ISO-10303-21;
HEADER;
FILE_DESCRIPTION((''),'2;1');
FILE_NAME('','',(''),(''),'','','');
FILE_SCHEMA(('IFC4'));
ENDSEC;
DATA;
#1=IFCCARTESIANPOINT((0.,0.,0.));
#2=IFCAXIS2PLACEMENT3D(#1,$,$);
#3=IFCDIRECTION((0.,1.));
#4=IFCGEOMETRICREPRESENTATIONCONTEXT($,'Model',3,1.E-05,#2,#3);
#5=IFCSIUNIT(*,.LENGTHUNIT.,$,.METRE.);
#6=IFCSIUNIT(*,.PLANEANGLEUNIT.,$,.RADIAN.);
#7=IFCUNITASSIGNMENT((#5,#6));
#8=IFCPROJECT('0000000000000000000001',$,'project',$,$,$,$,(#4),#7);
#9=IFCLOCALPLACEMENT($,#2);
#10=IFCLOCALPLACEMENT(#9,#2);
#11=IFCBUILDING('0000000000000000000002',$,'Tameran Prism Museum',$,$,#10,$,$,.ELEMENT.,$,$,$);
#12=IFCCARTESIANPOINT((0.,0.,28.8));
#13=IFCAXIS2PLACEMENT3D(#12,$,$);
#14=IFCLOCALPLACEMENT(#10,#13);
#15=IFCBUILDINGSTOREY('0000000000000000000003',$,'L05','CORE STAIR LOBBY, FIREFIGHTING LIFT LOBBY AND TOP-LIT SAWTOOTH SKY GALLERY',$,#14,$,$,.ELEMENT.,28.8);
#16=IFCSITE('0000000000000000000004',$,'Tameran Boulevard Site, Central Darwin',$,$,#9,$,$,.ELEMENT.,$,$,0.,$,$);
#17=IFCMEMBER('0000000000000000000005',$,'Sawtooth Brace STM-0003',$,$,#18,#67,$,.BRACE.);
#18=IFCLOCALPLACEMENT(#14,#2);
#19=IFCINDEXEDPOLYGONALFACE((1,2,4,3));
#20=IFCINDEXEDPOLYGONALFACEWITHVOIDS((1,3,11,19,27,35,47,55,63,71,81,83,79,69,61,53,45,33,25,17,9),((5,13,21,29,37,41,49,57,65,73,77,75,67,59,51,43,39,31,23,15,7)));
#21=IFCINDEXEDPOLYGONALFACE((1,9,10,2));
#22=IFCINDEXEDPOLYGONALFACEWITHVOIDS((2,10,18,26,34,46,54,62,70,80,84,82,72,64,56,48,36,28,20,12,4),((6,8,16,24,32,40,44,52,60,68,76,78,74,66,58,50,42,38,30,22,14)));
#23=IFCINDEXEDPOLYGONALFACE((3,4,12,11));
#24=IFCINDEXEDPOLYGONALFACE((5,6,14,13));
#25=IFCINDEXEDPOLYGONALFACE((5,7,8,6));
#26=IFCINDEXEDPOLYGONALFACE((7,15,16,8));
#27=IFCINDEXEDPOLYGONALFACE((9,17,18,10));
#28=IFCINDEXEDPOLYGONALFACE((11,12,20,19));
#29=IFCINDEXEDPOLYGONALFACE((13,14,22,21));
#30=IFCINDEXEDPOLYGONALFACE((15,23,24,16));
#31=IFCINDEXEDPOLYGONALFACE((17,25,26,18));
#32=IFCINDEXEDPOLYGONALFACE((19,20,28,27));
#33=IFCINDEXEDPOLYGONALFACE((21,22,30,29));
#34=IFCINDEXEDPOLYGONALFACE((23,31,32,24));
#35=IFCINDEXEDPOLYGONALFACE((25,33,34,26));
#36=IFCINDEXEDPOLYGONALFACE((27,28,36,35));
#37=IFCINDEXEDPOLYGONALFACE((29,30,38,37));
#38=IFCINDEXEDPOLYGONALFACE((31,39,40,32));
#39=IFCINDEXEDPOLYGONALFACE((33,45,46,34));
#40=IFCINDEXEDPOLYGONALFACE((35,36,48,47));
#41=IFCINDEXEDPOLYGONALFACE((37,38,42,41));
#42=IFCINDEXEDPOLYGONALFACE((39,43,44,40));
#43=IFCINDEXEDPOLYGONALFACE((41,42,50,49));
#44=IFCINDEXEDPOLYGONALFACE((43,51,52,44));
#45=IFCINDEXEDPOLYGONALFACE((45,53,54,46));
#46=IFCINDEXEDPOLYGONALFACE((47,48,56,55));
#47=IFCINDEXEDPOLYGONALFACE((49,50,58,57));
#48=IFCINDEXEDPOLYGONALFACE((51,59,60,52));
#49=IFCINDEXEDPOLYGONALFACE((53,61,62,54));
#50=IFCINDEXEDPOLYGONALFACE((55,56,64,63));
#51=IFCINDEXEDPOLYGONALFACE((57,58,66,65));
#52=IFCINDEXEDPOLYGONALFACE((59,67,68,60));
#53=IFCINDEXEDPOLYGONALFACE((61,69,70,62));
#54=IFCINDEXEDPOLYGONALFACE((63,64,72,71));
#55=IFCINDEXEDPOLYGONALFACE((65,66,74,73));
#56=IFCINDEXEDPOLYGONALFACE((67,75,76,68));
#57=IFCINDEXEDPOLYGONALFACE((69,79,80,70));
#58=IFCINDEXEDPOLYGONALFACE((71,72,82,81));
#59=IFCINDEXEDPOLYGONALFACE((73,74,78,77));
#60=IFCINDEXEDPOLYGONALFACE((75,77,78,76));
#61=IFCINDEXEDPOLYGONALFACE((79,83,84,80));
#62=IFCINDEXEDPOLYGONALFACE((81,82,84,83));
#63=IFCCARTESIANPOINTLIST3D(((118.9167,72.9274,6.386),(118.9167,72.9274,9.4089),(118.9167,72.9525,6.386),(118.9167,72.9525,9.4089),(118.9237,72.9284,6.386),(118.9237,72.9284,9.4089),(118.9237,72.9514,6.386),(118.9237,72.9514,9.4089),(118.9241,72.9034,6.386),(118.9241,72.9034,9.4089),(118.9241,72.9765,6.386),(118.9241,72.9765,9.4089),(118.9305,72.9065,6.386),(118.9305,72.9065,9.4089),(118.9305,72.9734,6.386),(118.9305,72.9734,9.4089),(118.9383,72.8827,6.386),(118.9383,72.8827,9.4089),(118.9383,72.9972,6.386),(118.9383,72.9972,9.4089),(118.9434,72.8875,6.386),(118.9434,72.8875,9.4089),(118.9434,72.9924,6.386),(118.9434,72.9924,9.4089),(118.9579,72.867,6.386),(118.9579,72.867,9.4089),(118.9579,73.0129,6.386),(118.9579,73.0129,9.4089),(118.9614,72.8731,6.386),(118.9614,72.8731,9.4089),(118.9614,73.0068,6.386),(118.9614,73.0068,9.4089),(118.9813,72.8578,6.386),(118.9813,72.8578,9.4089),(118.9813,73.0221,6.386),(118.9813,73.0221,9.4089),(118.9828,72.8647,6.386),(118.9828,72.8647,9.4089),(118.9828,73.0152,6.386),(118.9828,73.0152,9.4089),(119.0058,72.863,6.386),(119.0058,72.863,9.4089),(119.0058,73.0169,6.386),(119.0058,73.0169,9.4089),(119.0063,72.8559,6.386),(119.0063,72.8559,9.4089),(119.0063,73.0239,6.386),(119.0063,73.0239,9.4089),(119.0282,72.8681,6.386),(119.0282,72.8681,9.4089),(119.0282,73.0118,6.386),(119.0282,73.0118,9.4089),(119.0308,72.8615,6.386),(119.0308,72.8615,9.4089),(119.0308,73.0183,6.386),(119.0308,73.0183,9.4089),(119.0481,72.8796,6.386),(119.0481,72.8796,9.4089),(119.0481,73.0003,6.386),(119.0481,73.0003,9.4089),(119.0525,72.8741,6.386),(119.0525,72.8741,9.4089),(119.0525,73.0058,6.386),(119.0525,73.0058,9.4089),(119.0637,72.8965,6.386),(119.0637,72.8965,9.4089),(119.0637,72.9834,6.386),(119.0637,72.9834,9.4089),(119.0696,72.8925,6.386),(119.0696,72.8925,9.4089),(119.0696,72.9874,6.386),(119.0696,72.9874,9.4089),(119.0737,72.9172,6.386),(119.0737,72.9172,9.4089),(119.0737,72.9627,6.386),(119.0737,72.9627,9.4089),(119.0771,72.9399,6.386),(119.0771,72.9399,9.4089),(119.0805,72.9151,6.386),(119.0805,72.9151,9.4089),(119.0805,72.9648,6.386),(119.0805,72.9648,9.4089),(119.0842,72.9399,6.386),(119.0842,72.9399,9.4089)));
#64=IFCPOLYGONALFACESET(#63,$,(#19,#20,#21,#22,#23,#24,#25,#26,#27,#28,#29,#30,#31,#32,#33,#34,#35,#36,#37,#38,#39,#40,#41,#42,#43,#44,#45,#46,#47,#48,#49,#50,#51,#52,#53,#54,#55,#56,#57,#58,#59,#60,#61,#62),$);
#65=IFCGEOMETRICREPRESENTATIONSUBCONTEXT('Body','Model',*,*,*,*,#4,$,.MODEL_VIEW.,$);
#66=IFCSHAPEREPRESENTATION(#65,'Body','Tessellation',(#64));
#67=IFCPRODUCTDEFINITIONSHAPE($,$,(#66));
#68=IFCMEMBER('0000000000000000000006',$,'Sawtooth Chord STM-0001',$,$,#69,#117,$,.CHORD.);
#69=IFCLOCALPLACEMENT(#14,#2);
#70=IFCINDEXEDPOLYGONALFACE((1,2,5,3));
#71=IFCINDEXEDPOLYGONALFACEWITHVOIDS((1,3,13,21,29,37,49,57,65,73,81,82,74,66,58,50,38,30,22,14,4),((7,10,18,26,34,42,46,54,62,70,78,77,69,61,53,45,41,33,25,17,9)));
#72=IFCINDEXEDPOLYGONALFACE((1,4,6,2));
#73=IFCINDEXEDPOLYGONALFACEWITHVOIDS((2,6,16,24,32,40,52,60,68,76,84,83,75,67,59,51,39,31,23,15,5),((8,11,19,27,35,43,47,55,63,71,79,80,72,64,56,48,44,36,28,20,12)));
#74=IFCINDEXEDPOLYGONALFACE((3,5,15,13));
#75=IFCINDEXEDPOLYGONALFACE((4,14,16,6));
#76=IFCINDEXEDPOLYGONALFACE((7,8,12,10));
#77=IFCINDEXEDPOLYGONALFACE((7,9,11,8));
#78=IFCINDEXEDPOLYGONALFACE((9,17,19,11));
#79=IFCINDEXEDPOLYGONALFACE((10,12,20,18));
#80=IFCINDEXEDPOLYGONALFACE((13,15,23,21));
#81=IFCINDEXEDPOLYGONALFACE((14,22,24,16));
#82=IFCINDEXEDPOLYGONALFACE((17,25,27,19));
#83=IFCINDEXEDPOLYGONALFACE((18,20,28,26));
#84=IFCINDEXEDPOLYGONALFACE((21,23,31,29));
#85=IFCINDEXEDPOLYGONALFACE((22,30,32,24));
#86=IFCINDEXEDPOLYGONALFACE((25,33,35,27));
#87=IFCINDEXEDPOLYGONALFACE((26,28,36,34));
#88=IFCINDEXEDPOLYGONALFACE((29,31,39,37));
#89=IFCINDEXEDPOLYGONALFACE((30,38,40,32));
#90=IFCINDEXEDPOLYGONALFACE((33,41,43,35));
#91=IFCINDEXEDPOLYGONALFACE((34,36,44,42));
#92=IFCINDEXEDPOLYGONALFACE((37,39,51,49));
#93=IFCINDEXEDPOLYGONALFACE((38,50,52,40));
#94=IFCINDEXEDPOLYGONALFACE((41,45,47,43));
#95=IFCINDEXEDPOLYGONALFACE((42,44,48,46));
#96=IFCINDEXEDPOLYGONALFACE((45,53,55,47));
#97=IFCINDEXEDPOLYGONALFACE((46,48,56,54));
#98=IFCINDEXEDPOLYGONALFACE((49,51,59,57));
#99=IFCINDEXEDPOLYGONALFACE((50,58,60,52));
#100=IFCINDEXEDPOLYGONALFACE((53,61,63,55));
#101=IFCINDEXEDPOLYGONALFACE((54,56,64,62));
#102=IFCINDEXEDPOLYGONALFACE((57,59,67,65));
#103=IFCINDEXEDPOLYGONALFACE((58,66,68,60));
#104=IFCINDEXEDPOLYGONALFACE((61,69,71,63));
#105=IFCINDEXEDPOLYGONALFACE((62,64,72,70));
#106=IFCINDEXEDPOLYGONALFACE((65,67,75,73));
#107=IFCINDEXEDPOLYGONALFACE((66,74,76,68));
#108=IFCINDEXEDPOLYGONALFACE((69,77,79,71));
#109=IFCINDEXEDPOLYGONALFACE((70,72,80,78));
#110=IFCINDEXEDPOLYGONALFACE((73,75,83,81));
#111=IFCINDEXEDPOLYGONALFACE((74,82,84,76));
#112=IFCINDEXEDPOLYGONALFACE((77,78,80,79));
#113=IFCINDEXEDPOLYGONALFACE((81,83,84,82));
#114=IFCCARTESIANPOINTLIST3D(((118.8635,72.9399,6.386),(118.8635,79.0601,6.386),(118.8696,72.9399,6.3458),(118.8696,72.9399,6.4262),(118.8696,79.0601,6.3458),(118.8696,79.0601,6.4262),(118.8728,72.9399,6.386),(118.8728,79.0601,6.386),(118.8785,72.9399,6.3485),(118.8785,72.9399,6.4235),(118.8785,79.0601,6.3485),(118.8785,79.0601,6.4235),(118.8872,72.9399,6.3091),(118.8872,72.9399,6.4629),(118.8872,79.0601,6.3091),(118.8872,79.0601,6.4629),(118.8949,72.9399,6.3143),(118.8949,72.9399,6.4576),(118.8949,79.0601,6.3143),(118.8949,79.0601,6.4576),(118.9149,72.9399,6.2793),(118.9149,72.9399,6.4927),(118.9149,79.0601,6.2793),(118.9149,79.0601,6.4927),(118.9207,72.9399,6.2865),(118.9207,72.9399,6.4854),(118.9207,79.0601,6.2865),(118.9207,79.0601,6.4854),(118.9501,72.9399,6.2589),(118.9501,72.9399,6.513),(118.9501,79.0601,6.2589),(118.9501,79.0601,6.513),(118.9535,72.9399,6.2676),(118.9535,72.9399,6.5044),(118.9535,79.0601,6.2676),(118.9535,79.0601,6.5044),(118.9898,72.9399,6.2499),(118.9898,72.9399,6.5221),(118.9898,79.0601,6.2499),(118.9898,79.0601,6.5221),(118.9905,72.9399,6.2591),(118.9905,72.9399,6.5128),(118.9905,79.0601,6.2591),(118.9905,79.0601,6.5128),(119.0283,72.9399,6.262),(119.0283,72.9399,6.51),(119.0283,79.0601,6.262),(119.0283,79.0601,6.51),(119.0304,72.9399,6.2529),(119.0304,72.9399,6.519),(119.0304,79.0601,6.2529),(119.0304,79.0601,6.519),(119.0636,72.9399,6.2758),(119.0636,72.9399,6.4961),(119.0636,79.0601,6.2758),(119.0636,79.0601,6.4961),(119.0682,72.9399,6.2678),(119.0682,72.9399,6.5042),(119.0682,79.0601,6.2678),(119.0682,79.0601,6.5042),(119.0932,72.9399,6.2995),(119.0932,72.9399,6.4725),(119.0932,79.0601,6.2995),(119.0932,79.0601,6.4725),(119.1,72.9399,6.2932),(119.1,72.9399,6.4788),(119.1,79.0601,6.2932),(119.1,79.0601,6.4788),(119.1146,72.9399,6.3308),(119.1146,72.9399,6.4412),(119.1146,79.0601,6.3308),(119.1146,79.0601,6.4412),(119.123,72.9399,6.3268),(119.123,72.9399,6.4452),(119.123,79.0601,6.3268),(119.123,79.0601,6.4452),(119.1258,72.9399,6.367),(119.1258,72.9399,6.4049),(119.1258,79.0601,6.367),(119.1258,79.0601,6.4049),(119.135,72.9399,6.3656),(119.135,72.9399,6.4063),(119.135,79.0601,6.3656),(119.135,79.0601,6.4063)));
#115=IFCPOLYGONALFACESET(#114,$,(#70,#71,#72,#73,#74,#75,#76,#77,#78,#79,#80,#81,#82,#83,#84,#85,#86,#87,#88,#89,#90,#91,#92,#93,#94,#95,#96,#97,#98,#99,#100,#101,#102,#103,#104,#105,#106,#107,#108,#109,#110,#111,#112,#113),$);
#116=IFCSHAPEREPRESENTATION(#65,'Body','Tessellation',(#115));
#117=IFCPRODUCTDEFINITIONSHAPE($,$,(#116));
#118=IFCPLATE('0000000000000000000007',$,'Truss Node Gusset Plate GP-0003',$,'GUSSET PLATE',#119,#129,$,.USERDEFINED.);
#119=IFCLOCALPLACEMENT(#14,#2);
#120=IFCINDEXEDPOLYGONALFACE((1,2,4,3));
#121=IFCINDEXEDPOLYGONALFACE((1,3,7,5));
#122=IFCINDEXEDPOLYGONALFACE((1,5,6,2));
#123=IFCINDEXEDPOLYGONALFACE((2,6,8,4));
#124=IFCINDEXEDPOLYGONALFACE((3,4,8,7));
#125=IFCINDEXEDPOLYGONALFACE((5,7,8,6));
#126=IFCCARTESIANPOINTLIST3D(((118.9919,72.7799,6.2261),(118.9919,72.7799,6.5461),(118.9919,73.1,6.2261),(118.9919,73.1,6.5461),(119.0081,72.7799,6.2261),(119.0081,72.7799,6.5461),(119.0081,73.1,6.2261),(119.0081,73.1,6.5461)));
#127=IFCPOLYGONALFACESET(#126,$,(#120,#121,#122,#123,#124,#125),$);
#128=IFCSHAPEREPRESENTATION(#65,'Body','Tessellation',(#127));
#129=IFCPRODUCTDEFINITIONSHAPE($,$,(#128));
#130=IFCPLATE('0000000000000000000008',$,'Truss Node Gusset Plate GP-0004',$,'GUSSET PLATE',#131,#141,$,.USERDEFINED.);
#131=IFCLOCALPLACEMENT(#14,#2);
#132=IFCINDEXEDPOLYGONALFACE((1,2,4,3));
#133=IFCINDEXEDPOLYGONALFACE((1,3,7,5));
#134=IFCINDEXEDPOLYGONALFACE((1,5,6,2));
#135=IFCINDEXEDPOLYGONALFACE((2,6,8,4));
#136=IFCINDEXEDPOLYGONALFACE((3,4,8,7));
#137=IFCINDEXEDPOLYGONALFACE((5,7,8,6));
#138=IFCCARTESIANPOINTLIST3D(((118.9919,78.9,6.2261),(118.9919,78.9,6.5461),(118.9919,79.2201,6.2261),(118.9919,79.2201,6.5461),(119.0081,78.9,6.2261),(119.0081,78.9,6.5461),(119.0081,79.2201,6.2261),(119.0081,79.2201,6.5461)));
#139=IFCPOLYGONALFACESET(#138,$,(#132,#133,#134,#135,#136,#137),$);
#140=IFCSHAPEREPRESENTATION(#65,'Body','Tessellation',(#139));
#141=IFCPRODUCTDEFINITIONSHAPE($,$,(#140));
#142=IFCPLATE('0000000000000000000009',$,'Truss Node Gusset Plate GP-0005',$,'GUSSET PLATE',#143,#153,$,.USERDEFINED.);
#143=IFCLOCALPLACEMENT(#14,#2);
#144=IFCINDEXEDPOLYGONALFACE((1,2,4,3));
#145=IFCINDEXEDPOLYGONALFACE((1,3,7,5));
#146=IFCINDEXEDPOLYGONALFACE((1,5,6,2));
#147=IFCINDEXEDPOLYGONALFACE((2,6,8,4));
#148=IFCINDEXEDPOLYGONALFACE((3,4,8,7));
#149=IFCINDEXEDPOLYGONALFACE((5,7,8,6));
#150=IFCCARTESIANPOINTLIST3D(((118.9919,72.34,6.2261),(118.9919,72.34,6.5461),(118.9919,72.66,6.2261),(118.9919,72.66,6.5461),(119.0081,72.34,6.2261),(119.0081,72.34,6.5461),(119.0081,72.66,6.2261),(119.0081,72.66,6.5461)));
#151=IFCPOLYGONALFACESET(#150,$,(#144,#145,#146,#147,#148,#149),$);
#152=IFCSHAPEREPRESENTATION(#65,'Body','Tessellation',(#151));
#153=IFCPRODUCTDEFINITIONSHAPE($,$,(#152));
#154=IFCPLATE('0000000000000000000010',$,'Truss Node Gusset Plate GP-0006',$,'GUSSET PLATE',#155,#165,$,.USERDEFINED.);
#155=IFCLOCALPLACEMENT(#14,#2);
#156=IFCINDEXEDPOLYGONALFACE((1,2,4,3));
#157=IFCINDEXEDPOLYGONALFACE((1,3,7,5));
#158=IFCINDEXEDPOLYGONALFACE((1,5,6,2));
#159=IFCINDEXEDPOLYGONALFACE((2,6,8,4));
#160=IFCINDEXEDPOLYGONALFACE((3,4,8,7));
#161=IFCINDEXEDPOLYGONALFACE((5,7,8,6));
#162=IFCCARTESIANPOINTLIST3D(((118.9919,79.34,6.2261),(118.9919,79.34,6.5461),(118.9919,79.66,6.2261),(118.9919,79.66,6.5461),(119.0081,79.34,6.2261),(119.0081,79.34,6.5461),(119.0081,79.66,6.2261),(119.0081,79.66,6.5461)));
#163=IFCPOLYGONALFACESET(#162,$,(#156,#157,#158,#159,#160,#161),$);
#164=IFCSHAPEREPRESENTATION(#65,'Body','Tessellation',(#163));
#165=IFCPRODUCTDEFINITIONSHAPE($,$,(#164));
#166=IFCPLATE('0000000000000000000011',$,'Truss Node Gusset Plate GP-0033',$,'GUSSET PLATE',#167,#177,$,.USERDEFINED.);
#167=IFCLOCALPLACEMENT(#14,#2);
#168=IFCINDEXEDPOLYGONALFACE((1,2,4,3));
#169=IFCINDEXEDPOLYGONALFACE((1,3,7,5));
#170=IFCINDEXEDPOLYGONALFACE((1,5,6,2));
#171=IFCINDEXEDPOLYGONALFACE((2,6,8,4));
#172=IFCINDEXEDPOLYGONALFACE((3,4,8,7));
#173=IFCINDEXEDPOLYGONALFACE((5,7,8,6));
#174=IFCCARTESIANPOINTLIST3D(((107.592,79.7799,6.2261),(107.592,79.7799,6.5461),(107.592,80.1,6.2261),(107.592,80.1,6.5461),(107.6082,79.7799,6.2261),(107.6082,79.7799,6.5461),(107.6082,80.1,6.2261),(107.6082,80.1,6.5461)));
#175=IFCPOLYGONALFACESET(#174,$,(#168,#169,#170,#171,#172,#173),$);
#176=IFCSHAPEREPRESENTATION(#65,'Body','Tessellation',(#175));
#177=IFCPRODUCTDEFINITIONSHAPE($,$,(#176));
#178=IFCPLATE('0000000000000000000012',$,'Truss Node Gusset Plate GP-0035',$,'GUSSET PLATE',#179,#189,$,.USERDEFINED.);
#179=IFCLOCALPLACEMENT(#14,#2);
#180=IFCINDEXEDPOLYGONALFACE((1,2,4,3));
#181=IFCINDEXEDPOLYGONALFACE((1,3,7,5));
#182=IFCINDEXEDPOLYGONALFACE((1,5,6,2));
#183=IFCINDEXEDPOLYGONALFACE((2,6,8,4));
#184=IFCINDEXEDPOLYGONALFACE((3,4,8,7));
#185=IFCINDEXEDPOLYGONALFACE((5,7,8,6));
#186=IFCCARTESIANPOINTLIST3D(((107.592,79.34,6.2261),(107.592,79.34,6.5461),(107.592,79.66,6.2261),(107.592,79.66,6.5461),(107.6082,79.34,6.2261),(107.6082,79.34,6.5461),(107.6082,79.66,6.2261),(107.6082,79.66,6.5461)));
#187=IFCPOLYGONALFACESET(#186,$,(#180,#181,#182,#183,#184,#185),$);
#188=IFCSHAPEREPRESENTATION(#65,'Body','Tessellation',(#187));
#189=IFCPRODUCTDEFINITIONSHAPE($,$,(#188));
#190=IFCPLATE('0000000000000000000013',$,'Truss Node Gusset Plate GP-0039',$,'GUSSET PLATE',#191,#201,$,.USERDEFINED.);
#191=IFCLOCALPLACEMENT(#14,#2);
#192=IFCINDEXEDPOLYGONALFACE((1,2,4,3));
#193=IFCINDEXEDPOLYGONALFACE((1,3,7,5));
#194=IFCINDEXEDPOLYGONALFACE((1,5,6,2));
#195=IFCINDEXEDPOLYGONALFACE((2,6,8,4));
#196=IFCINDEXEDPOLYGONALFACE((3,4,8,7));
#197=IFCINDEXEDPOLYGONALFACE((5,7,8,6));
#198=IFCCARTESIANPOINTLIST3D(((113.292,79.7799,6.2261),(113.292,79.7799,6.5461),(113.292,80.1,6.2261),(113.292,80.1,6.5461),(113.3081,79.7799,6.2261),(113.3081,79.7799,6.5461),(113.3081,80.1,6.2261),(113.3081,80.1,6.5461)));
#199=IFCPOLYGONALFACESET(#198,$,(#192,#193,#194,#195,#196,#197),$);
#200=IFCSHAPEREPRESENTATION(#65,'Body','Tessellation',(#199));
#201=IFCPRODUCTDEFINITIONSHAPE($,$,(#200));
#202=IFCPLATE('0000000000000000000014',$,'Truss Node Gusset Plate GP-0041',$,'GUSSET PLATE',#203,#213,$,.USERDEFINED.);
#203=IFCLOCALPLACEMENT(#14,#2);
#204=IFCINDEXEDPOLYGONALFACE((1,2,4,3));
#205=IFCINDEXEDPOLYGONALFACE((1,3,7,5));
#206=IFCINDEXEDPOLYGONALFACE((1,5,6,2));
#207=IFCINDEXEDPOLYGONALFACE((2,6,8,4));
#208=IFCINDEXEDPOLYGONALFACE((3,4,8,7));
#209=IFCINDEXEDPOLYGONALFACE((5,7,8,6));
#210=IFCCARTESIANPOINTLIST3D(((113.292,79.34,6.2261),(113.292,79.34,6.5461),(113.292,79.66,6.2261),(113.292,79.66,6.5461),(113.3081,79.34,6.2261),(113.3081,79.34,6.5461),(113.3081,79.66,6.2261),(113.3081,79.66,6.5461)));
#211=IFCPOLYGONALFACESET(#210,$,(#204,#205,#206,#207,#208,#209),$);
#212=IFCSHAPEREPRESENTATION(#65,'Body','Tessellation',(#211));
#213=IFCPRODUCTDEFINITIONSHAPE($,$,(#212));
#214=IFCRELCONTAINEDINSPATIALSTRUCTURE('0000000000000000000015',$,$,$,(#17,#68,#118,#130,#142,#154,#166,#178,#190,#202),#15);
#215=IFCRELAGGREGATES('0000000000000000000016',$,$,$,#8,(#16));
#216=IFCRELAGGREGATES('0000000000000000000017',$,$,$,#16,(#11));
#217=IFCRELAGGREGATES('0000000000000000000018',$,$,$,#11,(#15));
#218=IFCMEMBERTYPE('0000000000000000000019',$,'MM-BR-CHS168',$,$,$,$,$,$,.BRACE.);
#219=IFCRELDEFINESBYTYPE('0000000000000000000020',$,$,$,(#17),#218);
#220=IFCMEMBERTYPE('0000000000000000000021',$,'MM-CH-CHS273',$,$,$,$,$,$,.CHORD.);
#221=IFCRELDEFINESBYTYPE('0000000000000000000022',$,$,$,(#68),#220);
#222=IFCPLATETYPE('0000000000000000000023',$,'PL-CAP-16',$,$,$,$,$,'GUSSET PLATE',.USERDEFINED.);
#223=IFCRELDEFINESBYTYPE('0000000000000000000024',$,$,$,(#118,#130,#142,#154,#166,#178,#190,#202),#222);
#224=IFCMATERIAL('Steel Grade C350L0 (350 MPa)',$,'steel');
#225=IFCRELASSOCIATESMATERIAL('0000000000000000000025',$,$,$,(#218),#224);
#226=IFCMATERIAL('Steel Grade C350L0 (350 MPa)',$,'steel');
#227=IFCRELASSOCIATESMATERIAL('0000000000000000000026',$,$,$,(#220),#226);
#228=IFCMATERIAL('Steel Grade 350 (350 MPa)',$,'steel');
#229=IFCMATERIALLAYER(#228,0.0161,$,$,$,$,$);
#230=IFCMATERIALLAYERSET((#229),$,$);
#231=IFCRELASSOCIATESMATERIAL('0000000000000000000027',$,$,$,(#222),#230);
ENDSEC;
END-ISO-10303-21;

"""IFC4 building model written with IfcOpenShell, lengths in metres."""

from ifc_helpers import new_model, si_unit, direction, frame, origin, origin_2d, place, context, subcontext, project, spatial, rectangle, hollow_circle, extrude, material, layer, layer_set, material_profile, profile_set, type_object, element, save


model = new_model("IFC4")

# Units and contexts
model_context = context("Model", 3, precision=1e-05, world=origin(), true_north=direction((0.0, 1.0)))
body_context = subcontext(model_context, "Body", "Model", "MODEL_VIEW")
ifc_project = project(units=[si_unit("LENGTHUNIT", "METRE"), si_unit("PLANEANGLEUNIT", "RADIAN")], contexts=[model_context])

# Site, building, storey
site_placement = place(None, origin())
site = spatial("IfcSite", under=ifc_project, at=site_placement, Name="Tameran Boulevard Site, Central Darwin", CompositionType="ELEMENT", RefElevation=0.0)
building_placement = place(site_placement, origin())
building = spatial("IfcBuilding", under=site, at=building_placement, Name="Tameran Prism Museum", CompositionType="ELEMENT")
storey_placement = place(building_placement, frame((0.0, 0.0, 28.8)))
storey = spatial("IfcBuildingStorey", under=building, at=storey_placement, Name="L05", Description="CORE STAIR LOBBY, FIREFIGHTING LIFT LOBBY AND TOP-LIT SAWTOOTH SKY GALLERY", CompositionType="ELEMENT", Elevation=28.8)

# Members
ifc_material_1 = material(Name="Steel Grade C350L0 (350 MPa)", Category="steel")
ifc_material_profile_1 = material_profile(ifc_material_1, hollow_circle(Radius=0.0842, WallThickness=0.0071, at=origin_2d()))
ifc_profile_set_1 = profile_set([ifc_material_profile_1])
member_type_1 = type_object("IfcMemberType", Name="MM-BR-CHS168", PredefinedType="BRACE", material=ifc_profile_set_1)
member_1_placement = place(storey_placement, frame((119.0, 72.9399, 6.386), z_axis=(0.0, 0.0, 1.0), x_axis=(1.0, 0.0, 0.0)))
element("IfcMember", 1, at=member_1_placement, inside=storey, type_object=member_type_1, Name="Sawtooth Brace STM-0003", PredefinedType="BRACE", context=body_context, shape_type="SweptSolid", body=[
    extrude(hollow_circle(Radius=0.0842, WallThickness=0.0071, at=origin_2d()), origin(), (0.0, 0.0, 1.0), 3.0229),
])
ifc_material_2 = material(Name="Steel Grade C350L0 (350 MPa)", Category="steel")
ifc_material_profile_2 = material_profile(ifc_material_2, hollow_circle(Radius=0.1365, WallThickness=0.0093, at=origin_2d()))
ifc_profile_set_2 = profile_set([ifc_material_profile_2])
member_type_2 = type_object("IfcMemberType", Name="MM-CH-CHS273", PredefinedType="CHORD", material=ifc_profile_set_2)
member_2_placement = place(storey_placement, frame((119.0, 72.9399, 6.386), z_axis=(0.0, 1.0, 0.0), x_axis=(-1.0, 0.0, 0.0)))
element("IfcMember", 2, at=member_2_placement, inside=storey, type_object=member_type_2, Name="Sawtooth Chord STM-0001", PredefinedType="CHORD", context=body_context, shape_type="SweptSolid", body=[
    extrude(hollow_circle(Radius=0.1365, WallThickness=0.0093, at=origin_2d()), origin(), (0.0, 0.0, 1.0), 6.1201),
])

# Plates
ifc_material_3 = material(Name="Steel Grade 350 (350 MPa)", Category="steel")
ifc_layer_1 = layer(ifc_material_3, 0.0161)
ifc_layer_set_1 = layer_set([ifc_layer_1])
plate_type_1 = type_object("IfcPlateType", Name="PL-CAP-16", ElementType="GUSSET PLATE", PredefinedType="USERDEFINED", material=ifc_layer_set_1)
for number, where, z_axis, x_axis, name in (
    (3, (119.0, 72.9399, 6.2261), (0.0, 0.0, 1.0), (1.0, 0.0, 0.0), "Truss Node Gusset Plate GP-0003"),
    (4, (119.0, 79.0601, 6.2261), (0.0, 0.0, 1.0), (1.0, 0.0, 0.0), "Truss Node Gusset Plate GP-0004"),
    (5, (119.0, 72.5, 6.2261), (0.0, 0.0, 1.0), (1.0, 0.0, 0.0), "Truss Node Gusset Plate GP-0005"),
    (6, (119.0, 79.5, 6.2261), (0.0, 0.0, 1.0), (1.0, 0.0, 0.0), "Truss Node Gusset Plate GP-0006"),
    (7, (107.6001, 79.9399, 6.2261), (0.0, 0.0, 1.0), (1.0, 0.0, 0.0), "Truss Node Gusset Plate GP-0033"),
    (8, (107.6001, 79.5, 6.2261), (0.0, 0.0, 1.0), (1.0, 0.0, 0.0), "Truss Node Gusset Plate GP-0035"),
    (9, (113.3, 79.9399, 6.2261), (0.0, 0.0, 1.0), (1.0, 0.0, 0.0), "Truss Node Gusset Plate GP-0039"),
    (10, (113.3, 79.5, 6.2261), (0.0, 0.0, 1.0), (1.0, 0.0, 0.0), "Truss Node Gusset Plate GP-0041"),
):
    element("IfcPlate", number, at=place(storey_placement, frame(where, z_axis=z_axis, x_axis=x_axis)), inside=storey, type_object=plate_type_1, Name=name, ObjectType="GUSSET PLATE", PredefinedType="USERDEFINED", context=body_context, shape_type="SweptSolid", body=[
        extrude(rectangle(XDim=0.0161, YDim=0.3201, at=origin_2d()), origin(), (0.0, 0.0, 1.0), 0.3201),
    ])

save(model, "model.ifc")
